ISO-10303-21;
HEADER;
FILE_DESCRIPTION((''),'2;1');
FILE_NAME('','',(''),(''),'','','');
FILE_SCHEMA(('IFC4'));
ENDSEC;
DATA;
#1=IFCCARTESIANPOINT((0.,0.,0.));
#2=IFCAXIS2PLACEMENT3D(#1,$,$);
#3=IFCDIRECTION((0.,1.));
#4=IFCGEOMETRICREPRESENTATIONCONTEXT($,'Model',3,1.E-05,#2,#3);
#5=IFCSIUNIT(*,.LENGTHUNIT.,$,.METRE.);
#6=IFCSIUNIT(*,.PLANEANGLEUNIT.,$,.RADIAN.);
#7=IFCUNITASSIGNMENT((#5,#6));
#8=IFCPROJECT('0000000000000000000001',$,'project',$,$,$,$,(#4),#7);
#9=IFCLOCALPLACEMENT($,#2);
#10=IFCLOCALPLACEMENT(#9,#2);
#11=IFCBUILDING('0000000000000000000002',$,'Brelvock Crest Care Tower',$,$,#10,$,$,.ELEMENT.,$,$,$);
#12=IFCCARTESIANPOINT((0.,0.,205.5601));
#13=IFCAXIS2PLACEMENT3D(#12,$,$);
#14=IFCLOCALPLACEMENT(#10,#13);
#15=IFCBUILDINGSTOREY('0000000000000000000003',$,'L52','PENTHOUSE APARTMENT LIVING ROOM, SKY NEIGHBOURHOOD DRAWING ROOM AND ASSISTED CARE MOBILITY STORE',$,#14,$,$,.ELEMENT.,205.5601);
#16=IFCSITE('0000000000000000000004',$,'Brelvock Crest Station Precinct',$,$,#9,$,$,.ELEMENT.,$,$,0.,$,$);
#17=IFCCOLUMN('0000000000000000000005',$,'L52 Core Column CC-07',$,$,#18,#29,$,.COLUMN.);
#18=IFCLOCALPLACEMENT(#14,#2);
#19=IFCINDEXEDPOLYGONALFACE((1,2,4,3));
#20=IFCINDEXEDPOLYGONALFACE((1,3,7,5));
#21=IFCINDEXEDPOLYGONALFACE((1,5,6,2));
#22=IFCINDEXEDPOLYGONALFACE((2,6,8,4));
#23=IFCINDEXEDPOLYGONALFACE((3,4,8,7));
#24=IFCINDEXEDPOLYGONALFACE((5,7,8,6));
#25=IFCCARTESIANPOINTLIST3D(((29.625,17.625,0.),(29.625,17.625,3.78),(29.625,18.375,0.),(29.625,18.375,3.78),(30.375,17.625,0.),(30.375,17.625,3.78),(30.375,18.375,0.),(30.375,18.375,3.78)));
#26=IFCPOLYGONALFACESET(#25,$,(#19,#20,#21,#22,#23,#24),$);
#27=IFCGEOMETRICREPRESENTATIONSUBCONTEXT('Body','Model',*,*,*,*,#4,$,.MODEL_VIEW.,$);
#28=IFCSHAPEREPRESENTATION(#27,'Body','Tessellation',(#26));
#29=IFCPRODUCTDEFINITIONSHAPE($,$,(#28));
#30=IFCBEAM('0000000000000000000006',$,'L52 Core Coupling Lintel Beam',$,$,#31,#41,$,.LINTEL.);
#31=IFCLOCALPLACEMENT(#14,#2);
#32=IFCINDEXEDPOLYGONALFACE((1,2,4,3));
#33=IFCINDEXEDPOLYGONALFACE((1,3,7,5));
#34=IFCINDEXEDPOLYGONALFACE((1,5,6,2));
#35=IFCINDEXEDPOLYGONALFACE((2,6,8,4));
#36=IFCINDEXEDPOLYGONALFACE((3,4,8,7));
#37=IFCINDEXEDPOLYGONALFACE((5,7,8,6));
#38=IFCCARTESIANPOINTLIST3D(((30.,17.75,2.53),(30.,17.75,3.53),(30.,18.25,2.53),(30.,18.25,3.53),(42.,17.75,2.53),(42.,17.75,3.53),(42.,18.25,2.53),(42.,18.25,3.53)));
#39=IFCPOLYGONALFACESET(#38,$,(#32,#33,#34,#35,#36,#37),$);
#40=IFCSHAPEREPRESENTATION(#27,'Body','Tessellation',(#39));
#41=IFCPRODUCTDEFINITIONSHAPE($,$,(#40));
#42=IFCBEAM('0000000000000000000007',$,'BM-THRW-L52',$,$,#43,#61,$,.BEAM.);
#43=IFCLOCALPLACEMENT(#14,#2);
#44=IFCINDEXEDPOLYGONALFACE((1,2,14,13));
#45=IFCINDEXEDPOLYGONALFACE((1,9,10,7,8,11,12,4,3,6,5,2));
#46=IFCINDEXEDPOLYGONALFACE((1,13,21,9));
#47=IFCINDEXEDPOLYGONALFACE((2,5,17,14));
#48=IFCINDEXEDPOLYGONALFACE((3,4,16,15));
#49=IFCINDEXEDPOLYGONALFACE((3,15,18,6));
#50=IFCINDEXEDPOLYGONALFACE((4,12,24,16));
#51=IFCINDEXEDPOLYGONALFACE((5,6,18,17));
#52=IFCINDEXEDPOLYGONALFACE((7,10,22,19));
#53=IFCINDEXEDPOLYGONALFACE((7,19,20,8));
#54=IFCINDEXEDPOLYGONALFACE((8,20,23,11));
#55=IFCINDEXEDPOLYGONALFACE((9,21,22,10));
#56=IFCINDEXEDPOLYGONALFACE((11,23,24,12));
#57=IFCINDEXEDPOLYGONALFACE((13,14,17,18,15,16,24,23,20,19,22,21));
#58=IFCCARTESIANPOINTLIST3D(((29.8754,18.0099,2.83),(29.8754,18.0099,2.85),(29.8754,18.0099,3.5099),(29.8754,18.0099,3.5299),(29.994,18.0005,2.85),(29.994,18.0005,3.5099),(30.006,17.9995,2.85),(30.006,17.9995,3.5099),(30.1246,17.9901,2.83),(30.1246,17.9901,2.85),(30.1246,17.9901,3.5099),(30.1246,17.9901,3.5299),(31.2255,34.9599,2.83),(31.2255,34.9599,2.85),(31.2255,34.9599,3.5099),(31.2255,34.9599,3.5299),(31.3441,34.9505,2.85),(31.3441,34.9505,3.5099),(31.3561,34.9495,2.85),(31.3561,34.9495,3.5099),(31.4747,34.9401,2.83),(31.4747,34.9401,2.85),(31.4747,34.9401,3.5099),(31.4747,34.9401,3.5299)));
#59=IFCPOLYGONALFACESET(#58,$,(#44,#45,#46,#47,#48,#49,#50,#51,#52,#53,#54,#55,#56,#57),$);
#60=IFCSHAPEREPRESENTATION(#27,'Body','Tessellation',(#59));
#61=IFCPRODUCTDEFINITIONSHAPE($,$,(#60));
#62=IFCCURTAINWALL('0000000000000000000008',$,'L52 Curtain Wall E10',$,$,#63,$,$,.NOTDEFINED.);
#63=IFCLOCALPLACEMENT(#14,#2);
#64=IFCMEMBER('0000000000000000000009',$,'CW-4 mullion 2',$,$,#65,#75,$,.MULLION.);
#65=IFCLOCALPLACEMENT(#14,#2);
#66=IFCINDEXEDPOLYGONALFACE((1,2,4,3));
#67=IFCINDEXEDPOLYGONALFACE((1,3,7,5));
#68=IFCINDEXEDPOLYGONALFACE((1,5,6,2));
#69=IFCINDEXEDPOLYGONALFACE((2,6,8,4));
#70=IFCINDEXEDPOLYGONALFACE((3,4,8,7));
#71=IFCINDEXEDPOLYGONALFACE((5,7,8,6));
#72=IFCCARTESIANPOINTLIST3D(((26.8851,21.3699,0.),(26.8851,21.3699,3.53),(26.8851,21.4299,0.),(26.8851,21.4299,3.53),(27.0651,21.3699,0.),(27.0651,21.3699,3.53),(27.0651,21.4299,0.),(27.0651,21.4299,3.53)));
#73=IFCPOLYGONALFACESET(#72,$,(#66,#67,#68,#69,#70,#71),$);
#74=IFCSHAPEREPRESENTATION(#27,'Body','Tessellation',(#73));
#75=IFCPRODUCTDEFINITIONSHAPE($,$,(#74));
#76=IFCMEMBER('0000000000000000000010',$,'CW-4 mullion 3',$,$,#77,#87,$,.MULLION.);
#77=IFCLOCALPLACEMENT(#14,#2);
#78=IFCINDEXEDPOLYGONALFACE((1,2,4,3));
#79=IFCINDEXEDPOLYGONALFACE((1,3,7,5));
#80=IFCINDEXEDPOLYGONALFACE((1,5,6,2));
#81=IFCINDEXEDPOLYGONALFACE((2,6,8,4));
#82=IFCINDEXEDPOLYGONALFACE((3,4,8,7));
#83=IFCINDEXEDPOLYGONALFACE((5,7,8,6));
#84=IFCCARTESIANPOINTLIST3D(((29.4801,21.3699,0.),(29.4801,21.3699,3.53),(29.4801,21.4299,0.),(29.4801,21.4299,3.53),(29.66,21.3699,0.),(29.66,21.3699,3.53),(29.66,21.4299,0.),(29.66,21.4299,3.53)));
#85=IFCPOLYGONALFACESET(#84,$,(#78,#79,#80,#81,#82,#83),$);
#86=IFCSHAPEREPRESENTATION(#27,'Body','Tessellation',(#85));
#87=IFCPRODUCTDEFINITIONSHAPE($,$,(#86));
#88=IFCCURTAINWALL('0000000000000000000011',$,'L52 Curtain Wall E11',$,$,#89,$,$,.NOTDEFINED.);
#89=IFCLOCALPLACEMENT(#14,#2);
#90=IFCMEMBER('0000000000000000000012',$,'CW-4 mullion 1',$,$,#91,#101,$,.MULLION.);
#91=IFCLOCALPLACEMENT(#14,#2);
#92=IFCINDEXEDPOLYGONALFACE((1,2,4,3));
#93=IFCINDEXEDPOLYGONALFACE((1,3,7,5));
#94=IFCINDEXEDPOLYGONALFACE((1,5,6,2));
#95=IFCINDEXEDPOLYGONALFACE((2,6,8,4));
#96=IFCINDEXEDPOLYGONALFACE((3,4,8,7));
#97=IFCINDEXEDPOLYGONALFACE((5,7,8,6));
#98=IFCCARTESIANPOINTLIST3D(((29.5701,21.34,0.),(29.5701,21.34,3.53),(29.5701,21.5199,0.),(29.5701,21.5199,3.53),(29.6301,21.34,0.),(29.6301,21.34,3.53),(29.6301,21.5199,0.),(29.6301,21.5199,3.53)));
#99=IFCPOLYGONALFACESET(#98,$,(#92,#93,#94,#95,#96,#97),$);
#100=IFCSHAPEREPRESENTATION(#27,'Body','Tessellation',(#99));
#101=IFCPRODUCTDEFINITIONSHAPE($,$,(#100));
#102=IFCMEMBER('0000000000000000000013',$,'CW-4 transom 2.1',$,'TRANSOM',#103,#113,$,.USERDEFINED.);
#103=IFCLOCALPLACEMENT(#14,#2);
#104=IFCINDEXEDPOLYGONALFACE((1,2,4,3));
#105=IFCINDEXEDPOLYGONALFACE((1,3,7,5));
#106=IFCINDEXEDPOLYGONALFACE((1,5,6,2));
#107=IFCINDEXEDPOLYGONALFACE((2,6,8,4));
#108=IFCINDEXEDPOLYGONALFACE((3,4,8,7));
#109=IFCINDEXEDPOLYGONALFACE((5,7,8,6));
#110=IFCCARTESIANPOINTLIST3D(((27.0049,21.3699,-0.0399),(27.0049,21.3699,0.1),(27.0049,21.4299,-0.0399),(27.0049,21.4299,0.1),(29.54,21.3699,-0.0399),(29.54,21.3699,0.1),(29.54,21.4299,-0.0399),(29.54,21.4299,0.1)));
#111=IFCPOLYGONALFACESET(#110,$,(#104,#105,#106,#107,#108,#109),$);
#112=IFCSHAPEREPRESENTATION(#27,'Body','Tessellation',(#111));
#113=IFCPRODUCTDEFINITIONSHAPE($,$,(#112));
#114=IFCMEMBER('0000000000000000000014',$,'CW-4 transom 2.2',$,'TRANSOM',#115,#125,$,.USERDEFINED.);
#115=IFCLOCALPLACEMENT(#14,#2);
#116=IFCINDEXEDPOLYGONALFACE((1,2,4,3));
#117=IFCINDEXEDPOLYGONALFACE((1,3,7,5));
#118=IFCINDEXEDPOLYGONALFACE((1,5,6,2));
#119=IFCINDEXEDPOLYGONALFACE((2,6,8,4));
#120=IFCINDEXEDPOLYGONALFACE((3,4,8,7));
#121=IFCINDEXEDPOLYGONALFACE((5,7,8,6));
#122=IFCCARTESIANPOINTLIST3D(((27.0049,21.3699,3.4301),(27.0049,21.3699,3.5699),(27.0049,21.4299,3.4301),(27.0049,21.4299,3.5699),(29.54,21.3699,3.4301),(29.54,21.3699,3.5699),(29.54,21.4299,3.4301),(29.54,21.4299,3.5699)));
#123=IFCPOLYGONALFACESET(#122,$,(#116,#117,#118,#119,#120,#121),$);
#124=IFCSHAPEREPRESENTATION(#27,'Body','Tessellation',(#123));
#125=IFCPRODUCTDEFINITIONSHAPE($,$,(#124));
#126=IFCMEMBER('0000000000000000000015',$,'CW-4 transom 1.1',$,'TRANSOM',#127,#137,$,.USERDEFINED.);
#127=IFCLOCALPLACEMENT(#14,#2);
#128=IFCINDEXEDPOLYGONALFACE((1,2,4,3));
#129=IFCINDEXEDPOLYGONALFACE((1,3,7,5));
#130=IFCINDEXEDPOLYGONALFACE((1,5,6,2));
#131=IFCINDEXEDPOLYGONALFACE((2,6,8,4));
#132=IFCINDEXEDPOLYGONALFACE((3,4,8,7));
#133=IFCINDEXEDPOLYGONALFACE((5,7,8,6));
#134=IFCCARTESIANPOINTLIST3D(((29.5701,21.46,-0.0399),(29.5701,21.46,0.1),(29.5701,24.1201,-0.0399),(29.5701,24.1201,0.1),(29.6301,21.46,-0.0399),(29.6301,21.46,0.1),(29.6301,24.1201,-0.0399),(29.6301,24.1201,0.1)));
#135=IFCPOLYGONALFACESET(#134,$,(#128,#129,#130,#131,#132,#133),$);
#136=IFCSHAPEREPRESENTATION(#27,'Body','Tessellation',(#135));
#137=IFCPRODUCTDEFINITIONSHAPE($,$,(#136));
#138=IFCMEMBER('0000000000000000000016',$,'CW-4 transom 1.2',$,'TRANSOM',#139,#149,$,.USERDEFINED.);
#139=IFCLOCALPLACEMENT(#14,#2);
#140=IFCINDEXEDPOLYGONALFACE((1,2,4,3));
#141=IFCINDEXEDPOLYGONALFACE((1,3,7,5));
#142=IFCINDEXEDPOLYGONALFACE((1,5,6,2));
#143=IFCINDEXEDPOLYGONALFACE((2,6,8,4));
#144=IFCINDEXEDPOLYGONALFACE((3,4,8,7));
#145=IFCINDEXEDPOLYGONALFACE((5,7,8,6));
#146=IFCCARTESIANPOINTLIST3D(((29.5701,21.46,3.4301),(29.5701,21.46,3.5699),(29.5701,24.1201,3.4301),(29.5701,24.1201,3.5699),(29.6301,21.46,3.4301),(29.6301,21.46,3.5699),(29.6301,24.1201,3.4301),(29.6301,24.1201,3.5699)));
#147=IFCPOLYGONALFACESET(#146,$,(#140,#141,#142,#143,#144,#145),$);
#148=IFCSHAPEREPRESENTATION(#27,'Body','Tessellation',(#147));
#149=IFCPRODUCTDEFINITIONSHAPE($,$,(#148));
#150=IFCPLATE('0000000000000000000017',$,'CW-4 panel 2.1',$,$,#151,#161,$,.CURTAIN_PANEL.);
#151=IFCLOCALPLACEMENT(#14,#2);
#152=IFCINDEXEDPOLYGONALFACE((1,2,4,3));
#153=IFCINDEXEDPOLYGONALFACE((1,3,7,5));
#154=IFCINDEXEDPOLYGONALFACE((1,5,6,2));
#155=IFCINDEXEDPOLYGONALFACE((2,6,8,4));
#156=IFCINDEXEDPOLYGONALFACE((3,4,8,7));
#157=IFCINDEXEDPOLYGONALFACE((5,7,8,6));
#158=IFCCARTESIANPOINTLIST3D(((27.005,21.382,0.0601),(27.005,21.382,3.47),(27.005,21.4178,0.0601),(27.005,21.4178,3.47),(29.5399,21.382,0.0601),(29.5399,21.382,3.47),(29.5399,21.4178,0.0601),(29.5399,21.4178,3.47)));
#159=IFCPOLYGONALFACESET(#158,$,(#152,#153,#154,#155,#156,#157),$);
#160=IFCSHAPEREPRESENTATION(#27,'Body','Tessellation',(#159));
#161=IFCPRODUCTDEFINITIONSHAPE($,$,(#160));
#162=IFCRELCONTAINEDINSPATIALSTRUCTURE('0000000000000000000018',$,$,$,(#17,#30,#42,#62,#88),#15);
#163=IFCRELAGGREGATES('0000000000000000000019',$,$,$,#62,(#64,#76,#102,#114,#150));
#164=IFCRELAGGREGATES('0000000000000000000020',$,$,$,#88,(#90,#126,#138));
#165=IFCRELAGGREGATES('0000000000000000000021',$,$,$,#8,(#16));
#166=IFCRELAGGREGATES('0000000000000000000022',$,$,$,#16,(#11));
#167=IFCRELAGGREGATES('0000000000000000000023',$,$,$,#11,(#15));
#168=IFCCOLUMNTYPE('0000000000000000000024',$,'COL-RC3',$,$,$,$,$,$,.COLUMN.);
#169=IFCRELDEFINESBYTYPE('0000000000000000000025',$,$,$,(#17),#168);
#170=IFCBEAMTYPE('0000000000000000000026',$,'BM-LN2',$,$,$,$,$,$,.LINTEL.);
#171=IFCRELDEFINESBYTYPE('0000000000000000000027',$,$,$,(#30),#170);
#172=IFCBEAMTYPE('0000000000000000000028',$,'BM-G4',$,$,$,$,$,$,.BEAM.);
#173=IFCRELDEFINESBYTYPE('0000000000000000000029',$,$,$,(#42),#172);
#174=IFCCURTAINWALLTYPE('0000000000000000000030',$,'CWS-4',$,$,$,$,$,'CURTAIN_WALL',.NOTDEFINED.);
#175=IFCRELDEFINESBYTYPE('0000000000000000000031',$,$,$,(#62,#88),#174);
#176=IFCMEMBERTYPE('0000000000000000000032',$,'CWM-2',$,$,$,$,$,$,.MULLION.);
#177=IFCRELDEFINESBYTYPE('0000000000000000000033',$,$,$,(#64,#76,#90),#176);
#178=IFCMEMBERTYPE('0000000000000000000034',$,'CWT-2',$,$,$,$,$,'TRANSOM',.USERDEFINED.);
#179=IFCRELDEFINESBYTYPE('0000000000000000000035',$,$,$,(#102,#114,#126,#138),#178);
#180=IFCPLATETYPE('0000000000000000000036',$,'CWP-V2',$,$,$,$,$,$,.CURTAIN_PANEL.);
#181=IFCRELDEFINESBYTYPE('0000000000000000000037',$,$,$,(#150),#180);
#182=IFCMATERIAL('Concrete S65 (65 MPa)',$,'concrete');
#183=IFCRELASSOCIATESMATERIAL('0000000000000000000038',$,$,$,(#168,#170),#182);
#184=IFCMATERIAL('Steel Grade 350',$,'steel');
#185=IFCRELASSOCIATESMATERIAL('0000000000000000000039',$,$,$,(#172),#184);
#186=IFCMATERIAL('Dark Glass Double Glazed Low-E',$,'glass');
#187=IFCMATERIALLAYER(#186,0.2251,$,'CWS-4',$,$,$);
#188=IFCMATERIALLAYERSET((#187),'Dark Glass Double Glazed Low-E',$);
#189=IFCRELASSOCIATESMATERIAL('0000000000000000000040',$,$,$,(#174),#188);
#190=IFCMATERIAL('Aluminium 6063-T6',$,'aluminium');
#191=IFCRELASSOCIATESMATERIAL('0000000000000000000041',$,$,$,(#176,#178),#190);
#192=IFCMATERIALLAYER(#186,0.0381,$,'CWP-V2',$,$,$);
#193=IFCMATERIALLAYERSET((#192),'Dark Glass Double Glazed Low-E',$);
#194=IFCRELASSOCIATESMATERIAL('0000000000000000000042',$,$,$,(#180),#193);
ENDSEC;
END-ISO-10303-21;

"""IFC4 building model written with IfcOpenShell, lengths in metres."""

from ifc_helpers import new_model, si_unit, direction, frame, origin, origin_2d, place, context, subcontext, project, spatial, rectangle, i_section, extrude, source, transform, mapped, material, layer, layer_set, material_profile, profile_set, type_object, element, aggregate, save


model = new_model("IFC4")

# Units and contexts
model_context = context("Model", 3, precision=1e-05, world=origin(), true_north=direction((0.0, 1.0)))
body_context = subcontext(model_context, "Body", "Model", "MODEL_VIEW")
ifc_project = project(units=[si_unit("LENGTHUNIT", "METRE"), si_unit("PLANEANGLEUNIT", "RADIAN")], contexts=[model_context])

# Site, building, storey
site_placement = place(None, origin())
site = spatial("IfcSite", under=ifc_project, at=site_placement, Name="Brelvock Crest Station Precinct", CompositionType="ELEMENT", RefElevation=0.0)
building_placement = place(site_placement, origin())
building = spatial("IfcBuilding", under=site, at=building_placement, Name="Brelvock Crest Care Tower", CompositionType="ELEMENT")
storey_placement = place(building_placement, frame((0.0, 0.0, 205.5601)))
storey = spatial("IfcBuildingStorey", under=building, at=storey_placement, Name="L52", Description="PENTHOUSE APARTMENT LIVING ROOM, SKY NEIGHBOURHOOD DRAWING ROOM AND ASSISTED CARE MOBILITY STORE", CompositionType="ELEMENT", Elevation=205.5601)

# Column
ifc_material_1 = material(Name="Concrete S65 (65 MPa)", Category="concrete")
ifc_material_profile_1 = material_profile(ifc_material_1, rectangle(XDim=0.75, YDim=0.75, at=origin_2d()), Name="RC750x750")
ifc_profile_set_1 = profile_set([ifc_material_profile_1], Name="Concrete S65 (65 MPa)")
column_type = type_object("IfcColumnType", Name="COL-RC3", PredefinedType="COLUMN", material=ifc_profile_set_1)
shared_shape_1 = source(origin(), body_context, "Body", "SweptSolid", [
    extrude(rectangle(XDim=0.75, YDim=0.75, at=origin_2d()), origin(), (0.0, 0.0, 1.0), 3.78),
])
column_placement = place(storey_placement, frame((30.0, 18.0, 0.0), z_axis=(0.0, 0.0, 1.0), x_axis=(1.0, 0.0, 0.0)))
element("IfcColumn", 1, at=column_placement, inside=storey, type_object=column_type, Name="L52 Core Column CC-07", PredefinedType="COLUMN", context=body_context, shape_type="MappedRepresentation", body=[
    mapped(shared_shape_1, transform((0.0, 0.0, 0.0), x_axis=(1.0, 0.0, 0.0), y_axis=(0.0, 1.0, 0.0), z_axis=(0.0, 0.0, 1.0), scale=1.0)),
])

# Beams
ifc_material_profile_2 = material_profile(ifc_material_1, rectangle(XDim=0.5, YDim=1.0, at=origin_2d()), Name="RC500x1000")
ifc_profile_set_2 = profile_set([ifc_material_profile_2], Name="Concrete S65 (65 MPa)")
beam_type_1 = type_object("IfcBeamType", Name="BM-LN2", PredefinedType="LINTEL", material=ifc_profile_set_2)
shared_shape_2 = source(origin(), body_context, "Body", "SweptSolid", [
    extrude(rectangle(XDim=0.5, YDim=1.0, at=origin_2d()), origin(), (0.0, 0.0, 1.0), 12.0),
])
beam_1_placement = place(storey_placement, frame((30.0, 18.0, 3.03), z_axis=(1.0, 0.0, 0.0), x_axis=(0.0, 1.0, 0.0)))
element("IfcBeam", 2, at=beam_1_placement, inside=storey, type_object=beam_type_1, Name="L52 Core Coupling Lintel Beam", PredefinedType="LINTEL", context=body_context, shape_type="MappedRepresentation", body=[
    mapped(shared_shape_2, transform((0.0, 0.0, 0.0), x_axis=(1.0, 0.0, 0.0), y_axis=(0.0, 1.0, 0.0), z_axis=(0.0, 0.0, 1.0), scale=1.0)),
])
ifc_material_2 = material(Name="Steel Grade 350", Category="steel")
ifc_material_profile_3 = material_profile(ifc_material_2, i_section(OverallWidth=0.25, OverallDepth=0.7, WebThickness=0.012, FlangeThickness=0.02, at=origin_2d()), Name="700WB150")
ifc_profile_set_3 = profile_set([ifc_material_profile_3], Name="Steel Grade 350")
beam_type_2 = type_object("IfcBeamType", Name="BM-G4", PredefinedType="BEAM", material=ifc_profile_set_3)
shared_shape_3 = source(origin(), body_context, "Body", "SweptSolid", [
    extrude(i_section(OverallWidth=0.25, OverallDepth=0.7, WebThickness=0.012, FlangeThickness=0.02, at=origin_2d()), origin(), (0.0, 0.0, 1.0), 17.0037),
])
beam_2_placement = place(storey_placement, frame((30.0, 18.0, 3.1799), z_axis=(0.079401, 0.996843, 0.0), x_axis=(-0.996843, 0.079401, 0.0)))
element("IfcBeam", 3, at=beam_2_placement, inside=storey, type_object=beam_type_2, Name="BM-THRW-L52", PredefinedType="BEAM", context=body_context, shape_type="MappedRepresentation", body=[
    mapped(shared_shape_3, transform((0.0, 0.0, 0.0), x_axis=(1.0, 0.0, 0.0), y_axis=(0.0, 1.0, 0.0), z_axis=(0.0, 0.0, 1.0), scale=1.0)),
])

# Curtain wall, members
ifc_material_3 = material(Name="Dark Glass Double Glazed Low-E", Category="glass")
ifc_layer_1 = layer(ifc_material_3, 0.2251, Name="CWS-4")
ifc_layer_set_1 = layer_set([ifc_layer_1], Name="Dark Glass Double Glazed Low-E")
curtain_wall_type = type_object("IfcCurtainWallType", Name="CWS-4", ElementType="CURTAIN_WALL", PredefinedType="NOTDEFINED", material=ifc_layer_set_1)
curtain_wall_1_placement = place(storey_placement, origin())
curtain_wall_1 = element("IfcCurtainWall", 4, at=curtain_wall_1_placement, inside=storey, type_object=curtain_wall_type, Name="L52 Curtain Wall E10", PredefinedType="NOTDEFINED")
ifc_material_4 = material(Name="Aluminium 6063-T6", Category="aluminium")
ifc_material_profile_4 = material_profile(ifc_material_4, rectangle(XDim=0.0601, YDim=0.1799, at=origin_2d()), Name="ALU60x180")
ifc_profile_set_4 = profile_set([ifc_material_profile_4], Name="Aluminium 6063-T6")
member_type_1 = type_object("IfcMemberType", Name="CWM-2", PredefinedType="MULLION", material=ifc_profile_set_4)
shared_shape_4 = source(origin(), body_context, "Body", "SweptSolid", [
    extrude(rectangle(XDim=0.0601, YDim=0.1799, at=origin_2d()), origin(), (0.0, 0.0, 1.0), 3.53),
])
member_1_placement = place(storey_placement, frame((26.9751, 21.3999, 0.0), z_axis=(0.0, 0.0, 1.0), x_axis=(0.0, 1.0, 0.0)))
member_1 = element("IfcMember", 5, at=member_1_placement, type_object=member_type_1, Name="CW-4 mullion 2", PredefinedType="MULLION", context=body_context, shape_type="MappedRepresentation", body=[
    mapped(shared_shape_4, transform((0.0, 0.0, 0.0), x_axis=(1.0, 0.0, 0.0), y_axis=(0.0, 1.0, 0.0), z_axis=(0.0, 0.0, 1.0), scale=1.0)),
])
member_2_placement = place(storey_placement, frame((29.5701, 21.3999, 0.0), z_axis=(0.0, 0.0, 1.0), x_axis=(0.0, 1.0, 0.0)))
member_2 = element("IfcMember", 6, at=member_2_placement, type_object=member_type_1, Name="CW-4 mullion 3", PredefinedType="MULLION", context=body_context, shape_type="MappedRepresentation", body=[
    mapped(shared_shape_4, transform((0.0, 0.0, 0.0), x_axis=(1.0, 0.0, 0.0), y_axis=(0.0, 1.0, 0.0), z_axis=(0.0, 0.0, 1.0), scale=1.0)),
])

# Curtain wall, member
curtain_wall_2_placement = place(storey_placement, origin())
curtain_wall_2 = element("IfcCurtainWall", 7, at=curtain_wall_2_placement, inside=storey, type_object=curtain_wall_type, Name="L52 Curtain Wall E11", PredefinedType="NOTDEFINED")
member_3_placement = place(storey_placement, frame((29.6001, 21.4299, 0.0), z_axis=(0.0, 0.0, 1.0), x_axis=(-1.0, 0.0, 0.0)))
member_3 = element("IfcMember", 8, at=member_3_placement, type_object=member_type_1, Name="CW-4 mullion 1", PredefinedType="MULLION", context=body_context, shape_type="MappedRepresentation", body=[
    mapped(shared_shape_4, transform((0.0, 0.0, 0.0), x_axis=(1.0, 0.0, 0.0), y_axis=(0.0, 1.0, 0.0), z_axis=(0.0, 0.0, 1.0), scale=1.0)),
])

# Members
ifc_material_profile_5 = material_profile(ifc_material_4, rectangle(XDim=0.0601, YDim=0.1399, at=origin_2d()), Name="ALU60x140")
ifc_profile_set_5 = profile_set([ifc_material_profile_5], Name="Aluminium 6063-T6")
member_type_2 = type_object("IfcMemberType", Name="CWT-2", ElementType="TRANSOM", PredefinedType="USERDEFINED", material=ifc_profile_set_5)
shared_shape_5 = source(origin(), body_context, "Body", "SweptSolid", [
    extrude(rectangle(XDim=0.0601, YDim=0.1399, at=origin_2d()), origin(), (0.0, 0.0, 1.0), 2.5352),
])
member_4_placement = place(storey_placement, frame((27.0049, 21.3999, 0.03), z_axis=(1.0, 0.0, 0.0), x_axis=(0.0, 1.0, 0.0)))
member_4 = element("IfcMember", 9, at=member_4_placement, type_object=member_type_2, Name="CW-4 transom 2.1", ObjectType="TRANSOM", PredefinedType="USERDEFINED", context=body_context, shape_type="MappedRepresentation", body=[
    mapped(shared_shape_5, transform((0.0, 0.0, 0.0), x_axis=(1.0, 0.0, 0.0), y_axis=(0.0, 1.0, 0.0), z_axis=(0.0, 0.0, 1.0), scale=1.0)),
])
member_5_placement = place(storey_placement, frame((27.0049, 21.3999, 3.5), z_axis=(1.0, 0.0, 0.0), x_axis=(0.0, 1.0, 0.0)))
member_5 = element("IfcMember", 10, at=member_5_placement, type_object=member_type_2, Name="CW-4 transom 2.2", ObjectType="TRANSOM", PredefinedType="USERDEFINED", context=body_context, shape_type="MappedRepresentation", body=[
    mapped(shared_shape_5, transform((0.0, 0.0, 0.0), x_axis=(1.0, 0.0, 0.0), y_axis=(0.0, 1.0, 0.0), z_axis=(0.0, 0.0, 1.0), scale=1.0)),
])
shared_shape_6 = source(origin(), body_context, "Body", "SweptSolid", [
    extrude(rectangle(XDim=0.0601, YDim=0.1399, at=origin_2d()), origin(), (0.0, 0.0, 1.0), 2.6602),
])
member_6_placement = place(storey_placement, frame((29.6001, 21.46, 0.03), z_axis=(0.0, 1.0, 0.0), x_axis=(-1.0, 0.0, 0.0)))
member_6 = element("IfcMember", 11, at=member_6_placement, type_object=member_type_2, Name="CW-4 transom 1.1", ObjectType="TRANSOM", PredefinedType="USERDEFINED", context=body_context, shape_type="MappedRepresentation", body=[
    mapped(shared_shape_6, transform((0.0, 0.0, 0.0), x_axis=(1.0, 0.0, 0.0), y_axis=(0.0, 1.0, 0.0), z_axis=(0.0, 0.0, 1.0), scale=1.0)),
])
member_7_placement = place(storey_placement, frame((29.6001, 21.46, 3.5), z_axis=(0.0, 1.0, 0.0), x_axis=(-1.0, 0.0, 0.0)))
member_7 = element("IfcMember", 12, at=member_7_placement, type_object=member_type_2, Name="CW-4 transom 1.2", ObjectType="TRANSOM", PredefinedType="USERDEFINED", context=body_context, shape_type="MappedRepresentation", body=[
    mapped(shared_shape_6, transform((0.0, 0.0, 0.0), x_axis=(1.0, 0.0, 0.0), y_axis=(0.0, 1.0, 0.0), z_axis=(0.0, 0.0, 1.0), scale=1.0)),
])

# Plate
ifc_layer_2 = layer(ifc_material_3, 0.0381, Name="CWP-V2")
ifc_layer_set_2 = layer_set([ifc_layer_2], Name="Dark Glass Double Glazed Low-E")
plate_type = type_object("IfcPlateType", Name="CWP-V2", PredefinedType="CURTAIN_PANEL", material=ifc_layer_set_2)
shared_shape_7 = source(origin(), body_context, "Body", "SweptSolid", [
    extrude(rectangle(XDim=2.5349, YDim=0.0359, at=origin_2d()), origin(), (0.0, 0.0, 1.0), 3.4099),
])
plate_1_placement = place(storey_placement, frame((28.2725, 21.3999, 0.0601), z_axis=(0.0, 0.0, 1.0), x_axis=(1.0, 0.0, 0.0)))
plate_1 = element("IfcPlate", 13, at=plate_1_placement, type_object=plate_type, Name="CW-4 panel 2.1", PredefinedType="CURTAIN_PANEL", context=body_context, shape_type="MappedRepresentation", body=[
    mapped(shared_shape_7, transform((0.0, 0.0, 0.0), x_axis=(1.0, 0.0, 0.0), y_axis=(0.0, 1.0, 0.0), z_axis=(0.0, 0.0, 1.0), scale=1.0)),
])
aggregate(curtain_wall_1, [member_1, member_2, member_4, member_5, plate_1])
aggregate(curtain_wall_2, [member_3, member_6, member_7])

save(model, "model.ifc")
